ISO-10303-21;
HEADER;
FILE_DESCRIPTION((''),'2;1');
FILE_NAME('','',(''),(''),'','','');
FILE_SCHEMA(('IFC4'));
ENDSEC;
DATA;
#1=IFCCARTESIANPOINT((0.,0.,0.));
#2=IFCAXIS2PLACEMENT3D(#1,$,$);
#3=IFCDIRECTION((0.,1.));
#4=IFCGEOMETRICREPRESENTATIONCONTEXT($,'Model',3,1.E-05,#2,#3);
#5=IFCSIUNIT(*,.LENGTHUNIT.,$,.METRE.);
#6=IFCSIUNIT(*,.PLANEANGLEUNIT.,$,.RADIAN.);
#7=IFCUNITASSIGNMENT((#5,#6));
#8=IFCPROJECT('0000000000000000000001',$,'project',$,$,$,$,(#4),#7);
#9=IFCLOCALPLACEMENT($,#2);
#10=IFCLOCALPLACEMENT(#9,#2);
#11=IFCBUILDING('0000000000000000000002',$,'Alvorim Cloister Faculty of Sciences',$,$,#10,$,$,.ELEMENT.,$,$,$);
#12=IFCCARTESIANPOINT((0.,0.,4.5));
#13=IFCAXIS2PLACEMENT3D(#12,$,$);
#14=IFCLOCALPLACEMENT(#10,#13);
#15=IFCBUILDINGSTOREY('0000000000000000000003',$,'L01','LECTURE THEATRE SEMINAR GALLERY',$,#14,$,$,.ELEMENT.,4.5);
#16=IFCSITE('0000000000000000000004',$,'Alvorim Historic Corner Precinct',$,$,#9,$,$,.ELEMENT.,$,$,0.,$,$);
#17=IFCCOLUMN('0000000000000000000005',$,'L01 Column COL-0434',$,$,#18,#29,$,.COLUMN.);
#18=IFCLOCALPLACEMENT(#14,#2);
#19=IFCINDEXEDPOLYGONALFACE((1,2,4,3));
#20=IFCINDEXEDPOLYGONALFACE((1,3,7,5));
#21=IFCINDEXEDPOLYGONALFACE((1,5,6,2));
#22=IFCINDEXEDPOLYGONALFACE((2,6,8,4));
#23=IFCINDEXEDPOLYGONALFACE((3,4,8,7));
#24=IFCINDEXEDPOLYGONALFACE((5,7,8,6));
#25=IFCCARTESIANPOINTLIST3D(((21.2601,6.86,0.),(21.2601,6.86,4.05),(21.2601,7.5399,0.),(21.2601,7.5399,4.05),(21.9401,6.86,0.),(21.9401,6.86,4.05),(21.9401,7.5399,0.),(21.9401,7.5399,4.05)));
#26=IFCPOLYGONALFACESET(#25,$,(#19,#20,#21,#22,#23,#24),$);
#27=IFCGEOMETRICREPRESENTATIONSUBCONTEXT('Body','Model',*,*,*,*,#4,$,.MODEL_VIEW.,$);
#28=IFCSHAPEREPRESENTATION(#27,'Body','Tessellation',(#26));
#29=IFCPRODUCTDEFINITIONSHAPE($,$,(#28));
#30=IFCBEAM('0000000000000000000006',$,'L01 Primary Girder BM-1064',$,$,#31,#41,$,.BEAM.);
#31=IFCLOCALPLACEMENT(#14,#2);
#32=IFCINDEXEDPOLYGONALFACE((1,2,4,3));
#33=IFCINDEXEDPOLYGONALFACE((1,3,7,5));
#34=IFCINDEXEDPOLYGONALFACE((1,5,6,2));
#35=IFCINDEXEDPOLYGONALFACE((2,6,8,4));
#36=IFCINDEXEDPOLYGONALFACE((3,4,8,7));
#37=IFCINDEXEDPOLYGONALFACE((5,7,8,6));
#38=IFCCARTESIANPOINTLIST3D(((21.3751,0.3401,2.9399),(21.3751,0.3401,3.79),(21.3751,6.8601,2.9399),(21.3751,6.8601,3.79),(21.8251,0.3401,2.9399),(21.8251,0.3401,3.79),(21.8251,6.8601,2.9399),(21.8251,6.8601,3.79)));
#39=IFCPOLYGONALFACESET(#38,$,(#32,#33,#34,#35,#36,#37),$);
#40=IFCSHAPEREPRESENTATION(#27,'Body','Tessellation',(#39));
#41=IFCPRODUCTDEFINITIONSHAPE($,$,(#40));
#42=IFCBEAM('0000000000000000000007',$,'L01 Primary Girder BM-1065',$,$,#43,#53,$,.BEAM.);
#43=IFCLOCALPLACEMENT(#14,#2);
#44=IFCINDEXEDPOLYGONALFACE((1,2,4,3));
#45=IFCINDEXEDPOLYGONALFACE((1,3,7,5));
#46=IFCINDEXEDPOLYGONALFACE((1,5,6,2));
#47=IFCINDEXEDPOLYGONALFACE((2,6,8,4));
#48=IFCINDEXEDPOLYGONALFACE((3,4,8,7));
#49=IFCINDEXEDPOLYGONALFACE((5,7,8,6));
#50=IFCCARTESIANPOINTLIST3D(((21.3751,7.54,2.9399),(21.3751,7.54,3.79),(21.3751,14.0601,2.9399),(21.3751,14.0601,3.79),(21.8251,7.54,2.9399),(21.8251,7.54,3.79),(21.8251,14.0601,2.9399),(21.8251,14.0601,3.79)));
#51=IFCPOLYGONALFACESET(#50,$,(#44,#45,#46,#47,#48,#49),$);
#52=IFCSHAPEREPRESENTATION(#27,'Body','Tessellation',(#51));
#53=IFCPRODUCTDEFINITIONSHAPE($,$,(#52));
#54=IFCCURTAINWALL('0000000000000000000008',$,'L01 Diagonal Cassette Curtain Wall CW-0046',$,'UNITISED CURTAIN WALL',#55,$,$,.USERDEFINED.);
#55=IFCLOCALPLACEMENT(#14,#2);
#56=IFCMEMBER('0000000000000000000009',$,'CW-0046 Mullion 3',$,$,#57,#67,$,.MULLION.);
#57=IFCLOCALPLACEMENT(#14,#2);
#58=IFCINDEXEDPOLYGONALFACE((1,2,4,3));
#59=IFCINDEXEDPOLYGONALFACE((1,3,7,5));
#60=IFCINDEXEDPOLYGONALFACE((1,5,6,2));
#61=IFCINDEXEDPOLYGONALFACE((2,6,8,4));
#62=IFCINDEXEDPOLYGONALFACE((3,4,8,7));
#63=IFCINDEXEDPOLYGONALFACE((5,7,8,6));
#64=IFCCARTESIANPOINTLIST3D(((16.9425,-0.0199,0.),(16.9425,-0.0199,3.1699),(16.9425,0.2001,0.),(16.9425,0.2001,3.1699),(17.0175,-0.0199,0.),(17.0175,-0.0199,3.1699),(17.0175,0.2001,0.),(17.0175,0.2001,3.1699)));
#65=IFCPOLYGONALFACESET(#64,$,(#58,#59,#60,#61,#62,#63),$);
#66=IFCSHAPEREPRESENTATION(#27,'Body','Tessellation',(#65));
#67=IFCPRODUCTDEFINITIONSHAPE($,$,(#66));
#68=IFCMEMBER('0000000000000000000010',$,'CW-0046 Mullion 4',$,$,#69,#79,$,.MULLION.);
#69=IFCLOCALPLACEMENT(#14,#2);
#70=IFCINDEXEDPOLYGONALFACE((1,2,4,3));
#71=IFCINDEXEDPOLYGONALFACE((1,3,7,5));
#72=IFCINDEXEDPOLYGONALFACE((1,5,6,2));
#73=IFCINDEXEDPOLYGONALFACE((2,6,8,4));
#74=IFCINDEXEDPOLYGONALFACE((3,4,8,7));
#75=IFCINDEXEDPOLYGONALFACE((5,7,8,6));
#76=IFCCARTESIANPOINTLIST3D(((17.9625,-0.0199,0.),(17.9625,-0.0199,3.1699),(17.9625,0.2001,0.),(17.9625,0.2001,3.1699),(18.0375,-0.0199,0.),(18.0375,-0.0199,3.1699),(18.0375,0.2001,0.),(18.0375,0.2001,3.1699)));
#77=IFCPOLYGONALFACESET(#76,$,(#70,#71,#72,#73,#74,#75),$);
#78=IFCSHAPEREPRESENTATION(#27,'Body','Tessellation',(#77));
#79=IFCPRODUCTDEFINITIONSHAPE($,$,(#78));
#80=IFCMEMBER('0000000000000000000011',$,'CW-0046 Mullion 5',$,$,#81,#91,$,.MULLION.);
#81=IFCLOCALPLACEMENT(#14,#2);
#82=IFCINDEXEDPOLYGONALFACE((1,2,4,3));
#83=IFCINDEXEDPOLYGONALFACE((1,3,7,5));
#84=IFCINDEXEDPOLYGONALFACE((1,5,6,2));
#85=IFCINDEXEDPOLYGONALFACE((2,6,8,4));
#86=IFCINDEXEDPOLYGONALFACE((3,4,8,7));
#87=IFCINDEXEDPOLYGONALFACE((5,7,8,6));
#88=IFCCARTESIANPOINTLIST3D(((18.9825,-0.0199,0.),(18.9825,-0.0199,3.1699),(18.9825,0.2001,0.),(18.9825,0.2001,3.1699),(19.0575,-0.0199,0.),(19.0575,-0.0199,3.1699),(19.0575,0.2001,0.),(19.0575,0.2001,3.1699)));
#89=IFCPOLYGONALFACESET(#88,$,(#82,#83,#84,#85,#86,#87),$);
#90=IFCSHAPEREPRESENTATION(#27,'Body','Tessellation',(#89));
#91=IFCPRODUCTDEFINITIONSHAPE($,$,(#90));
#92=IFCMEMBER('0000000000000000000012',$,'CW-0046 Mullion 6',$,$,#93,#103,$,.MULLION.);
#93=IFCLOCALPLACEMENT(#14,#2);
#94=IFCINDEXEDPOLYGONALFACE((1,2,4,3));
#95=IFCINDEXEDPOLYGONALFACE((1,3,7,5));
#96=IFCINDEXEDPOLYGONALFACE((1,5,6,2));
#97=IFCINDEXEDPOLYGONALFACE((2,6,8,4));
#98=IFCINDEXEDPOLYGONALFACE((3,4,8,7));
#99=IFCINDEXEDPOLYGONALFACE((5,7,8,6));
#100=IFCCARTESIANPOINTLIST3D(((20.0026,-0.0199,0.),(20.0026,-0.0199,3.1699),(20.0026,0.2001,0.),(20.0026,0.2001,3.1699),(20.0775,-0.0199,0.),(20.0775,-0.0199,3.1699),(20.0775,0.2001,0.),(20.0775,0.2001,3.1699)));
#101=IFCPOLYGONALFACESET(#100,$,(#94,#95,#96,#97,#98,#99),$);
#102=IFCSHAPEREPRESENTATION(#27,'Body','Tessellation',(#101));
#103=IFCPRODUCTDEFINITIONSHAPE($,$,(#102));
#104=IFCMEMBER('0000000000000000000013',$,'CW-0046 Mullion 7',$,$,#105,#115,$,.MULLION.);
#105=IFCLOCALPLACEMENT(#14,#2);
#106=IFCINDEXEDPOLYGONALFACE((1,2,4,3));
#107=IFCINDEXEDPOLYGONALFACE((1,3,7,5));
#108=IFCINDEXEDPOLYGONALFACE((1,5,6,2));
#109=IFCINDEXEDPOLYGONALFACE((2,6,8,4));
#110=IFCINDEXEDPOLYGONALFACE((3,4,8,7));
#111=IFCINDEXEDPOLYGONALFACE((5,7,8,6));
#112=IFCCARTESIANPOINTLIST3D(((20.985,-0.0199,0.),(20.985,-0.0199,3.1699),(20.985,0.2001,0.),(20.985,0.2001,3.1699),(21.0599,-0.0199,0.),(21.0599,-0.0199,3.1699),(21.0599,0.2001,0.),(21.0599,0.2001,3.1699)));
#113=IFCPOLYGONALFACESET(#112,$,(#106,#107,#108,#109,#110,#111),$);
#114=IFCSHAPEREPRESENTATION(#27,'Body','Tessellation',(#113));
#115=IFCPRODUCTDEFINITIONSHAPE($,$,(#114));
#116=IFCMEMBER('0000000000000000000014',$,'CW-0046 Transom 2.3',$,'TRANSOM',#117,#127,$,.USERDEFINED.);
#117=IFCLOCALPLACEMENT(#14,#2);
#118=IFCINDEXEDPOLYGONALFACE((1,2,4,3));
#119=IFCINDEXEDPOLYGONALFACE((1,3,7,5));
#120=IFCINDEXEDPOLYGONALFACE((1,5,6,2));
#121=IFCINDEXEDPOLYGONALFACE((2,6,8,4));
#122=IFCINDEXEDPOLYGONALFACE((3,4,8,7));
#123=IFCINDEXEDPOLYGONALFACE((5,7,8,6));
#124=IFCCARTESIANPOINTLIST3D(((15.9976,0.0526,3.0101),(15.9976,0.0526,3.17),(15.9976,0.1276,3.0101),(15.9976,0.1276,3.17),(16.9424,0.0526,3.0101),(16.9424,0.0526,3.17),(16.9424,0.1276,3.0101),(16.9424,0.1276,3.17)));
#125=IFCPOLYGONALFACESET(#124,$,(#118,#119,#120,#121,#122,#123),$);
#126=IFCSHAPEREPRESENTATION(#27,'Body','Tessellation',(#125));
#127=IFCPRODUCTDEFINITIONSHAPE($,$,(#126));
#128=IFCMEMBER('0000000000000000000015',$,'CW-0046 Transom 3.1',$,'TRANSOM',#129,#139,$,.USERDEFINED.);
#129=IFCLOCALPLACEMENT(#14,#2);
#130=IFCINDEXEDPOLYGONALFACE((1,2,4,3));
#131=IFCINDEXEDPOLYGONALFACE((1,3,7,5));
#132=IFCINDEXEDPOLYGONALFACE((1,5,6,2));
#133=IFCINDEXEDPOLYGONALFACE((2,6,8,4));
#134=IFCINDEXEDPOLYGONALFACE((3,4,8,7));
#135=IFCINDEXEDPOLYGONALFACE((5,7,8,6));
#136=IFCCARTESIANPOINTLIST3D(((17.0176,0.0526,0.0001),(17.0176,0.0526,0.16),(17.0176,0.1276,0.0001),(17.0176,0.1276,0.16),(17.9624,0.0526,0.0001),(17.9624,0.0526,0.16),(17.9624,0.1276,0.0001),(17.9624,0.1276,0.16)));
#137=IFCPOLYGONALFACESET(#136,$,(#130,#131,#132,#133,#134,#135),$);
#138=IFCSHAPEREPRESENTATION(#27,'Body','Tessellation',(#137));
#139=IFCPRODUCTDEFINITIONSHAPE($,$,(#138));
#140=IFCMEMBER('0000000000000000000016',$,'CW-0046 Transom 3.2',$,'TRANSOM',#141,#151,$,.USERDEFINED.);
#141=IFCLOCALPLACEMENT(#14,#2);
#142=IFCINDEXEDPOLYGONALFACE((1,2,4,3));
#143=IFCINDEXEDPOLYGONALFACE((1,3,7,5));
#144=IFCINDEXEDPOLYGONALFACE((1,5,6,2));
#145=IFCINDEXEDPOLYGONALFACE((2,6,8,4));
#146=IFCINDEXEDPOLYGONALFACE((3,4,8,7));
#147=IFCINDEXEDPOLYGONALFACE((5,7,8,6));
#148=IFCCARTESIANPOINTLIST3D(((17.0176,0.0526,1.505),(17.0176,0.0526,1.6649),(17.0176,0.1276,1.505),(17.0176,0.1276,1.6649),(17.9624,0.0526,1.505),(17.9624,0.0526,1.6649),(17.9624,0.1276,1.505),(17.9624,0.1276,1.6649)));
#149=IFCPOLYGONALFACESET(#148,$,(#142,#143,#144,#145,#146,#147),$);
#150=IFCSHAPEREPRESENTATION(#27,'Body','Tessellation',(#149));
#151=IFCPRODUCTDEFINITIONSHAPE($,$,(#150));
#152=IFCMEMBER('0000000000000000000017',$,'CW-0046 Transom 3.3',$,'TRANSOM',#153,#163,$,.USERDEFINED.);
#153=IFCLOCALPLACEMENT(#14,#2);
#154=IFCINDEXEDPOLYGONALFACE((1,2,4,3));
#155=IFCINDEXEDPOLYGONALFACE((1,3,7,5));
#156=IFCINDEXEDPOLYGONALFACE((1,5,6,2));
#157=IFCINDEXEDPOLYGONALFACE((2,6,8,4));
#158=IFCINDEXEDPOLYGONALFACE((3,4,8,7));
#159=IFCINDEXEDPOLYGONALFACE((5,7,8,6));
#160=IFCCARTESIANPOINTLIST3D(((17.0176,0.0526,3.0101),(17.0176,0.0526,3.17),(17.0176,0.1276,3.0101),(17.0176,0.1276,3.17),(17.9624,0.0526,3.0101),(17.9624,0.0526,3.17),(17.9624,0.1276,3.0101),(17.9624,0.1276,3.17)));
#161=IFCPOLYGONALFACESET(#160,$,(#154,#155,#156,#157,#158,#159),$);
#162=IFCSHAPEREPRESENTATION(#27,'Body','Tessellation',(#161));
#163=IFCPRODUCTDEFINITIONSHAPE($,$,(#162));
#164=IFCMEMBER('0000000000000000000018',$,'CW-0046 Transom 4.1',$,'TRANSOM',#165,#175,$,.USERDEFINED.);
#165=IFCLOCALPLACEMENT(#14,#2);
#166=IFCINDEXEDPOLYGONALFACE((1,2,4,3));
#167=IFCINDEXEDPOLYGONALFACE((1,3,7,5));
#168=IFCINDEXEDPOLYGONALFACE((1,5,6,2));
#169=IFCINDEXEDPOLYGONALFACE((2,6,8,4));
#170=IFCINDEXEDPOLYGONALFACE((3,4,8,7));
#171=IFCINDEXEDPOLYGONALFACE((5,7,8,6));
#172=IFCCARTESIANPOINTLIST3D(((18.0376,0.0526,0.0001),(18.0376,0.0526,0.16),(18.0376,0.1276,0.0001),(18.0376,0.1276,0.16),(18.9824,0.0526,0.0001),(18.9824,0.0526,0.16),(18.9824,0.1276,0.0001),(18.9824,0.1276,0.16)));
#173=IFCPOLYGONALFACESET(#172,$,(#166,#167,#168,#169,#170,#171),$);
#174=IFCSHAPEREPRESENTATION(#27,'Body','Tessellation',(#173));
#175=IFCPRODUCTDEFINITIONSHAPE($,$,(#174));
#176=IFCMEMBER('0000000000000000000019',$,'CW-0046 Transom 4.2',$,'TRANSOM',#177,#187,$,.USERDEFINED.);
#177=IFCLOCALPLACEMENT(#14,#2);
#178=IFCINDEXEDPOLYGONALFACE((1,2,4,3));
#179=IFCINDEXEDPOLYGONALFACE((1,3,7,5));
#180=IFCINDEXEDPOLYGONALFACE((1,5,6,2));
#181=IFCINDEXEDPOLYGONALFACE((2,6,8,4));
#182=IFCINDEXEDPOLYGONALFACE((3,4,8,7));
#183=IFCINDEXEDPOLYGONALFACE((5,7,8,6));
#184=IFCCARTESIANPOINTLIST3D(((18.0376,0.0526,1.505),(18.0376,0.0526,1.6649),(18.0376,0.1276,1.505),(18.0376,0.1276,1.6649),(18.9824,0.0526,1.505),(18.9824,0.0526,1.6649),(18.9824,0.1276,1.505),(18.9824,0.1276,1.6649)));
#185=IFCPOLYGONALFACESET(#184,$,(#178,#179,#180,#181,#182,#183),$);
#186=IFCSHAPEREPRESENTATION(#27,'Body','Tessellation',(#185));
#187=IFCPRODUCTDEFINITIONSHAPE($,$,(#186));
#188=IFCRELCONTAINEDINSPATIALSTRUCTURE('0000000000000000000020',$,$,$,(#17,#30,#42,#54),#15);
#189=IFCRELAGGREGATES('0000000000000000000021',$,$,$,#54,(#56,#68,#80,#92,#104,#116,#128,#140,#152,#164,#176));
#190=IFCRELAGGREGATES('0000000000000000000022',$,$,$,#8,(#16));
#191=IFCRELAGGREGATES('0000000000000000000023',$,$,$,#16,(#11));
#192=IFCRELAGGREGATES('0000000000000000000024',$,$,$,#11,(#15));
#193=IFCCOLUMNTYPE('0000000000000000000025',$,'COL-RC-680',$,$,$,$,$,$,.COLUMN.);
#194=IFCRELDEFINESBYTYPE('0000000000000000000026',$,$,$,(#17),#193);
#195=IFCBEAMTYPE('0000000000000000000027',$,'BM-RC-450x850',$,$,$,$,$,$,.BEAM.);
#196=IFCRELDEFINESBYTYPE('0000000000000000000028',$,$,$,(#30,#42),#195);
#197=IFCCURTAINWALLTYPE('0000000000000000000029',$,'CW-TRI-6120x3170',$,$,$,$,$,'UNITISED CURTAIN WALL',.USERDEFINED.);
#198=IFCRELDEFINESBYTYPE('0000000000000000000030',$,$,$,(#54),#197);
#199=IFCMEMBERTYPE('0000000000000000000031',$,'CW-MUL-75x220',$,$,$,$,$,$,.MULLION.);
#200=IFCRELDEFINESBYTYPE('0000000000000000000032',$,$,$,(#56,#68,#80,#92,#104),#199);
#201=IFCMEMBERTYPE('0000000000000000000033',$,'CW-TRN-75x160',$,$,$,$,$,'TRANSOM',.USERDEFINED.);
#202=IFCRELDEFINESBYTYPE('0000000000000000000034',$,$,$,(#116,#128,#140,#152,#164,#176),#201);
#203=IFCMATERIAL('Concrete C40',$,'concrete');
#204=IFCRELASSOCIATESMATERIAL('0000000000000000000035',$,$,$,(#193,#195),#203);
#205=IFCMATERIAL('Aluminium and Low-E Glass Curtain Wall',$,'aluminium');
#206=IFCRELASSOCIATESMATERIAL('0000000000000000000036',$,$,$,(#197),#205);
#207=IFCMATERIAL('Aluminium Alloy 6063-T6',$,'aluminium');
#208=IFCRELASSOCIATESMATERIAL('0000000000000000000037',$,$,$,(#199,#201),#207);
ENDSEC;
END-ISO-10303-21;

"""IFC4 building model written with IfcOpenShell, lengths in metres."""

from ifc_helpers import new_model, si_unit, direction, frame, origin, origin_2d, place, context, subcontext, project, spatial, rectangle, extrude, material, material_profile, profile_set, type_object, element, aggregate, save


model = new_model("IFC4")

# Units and contexts
model_context = context("Model", 3, precision=1e-05, world=origin(), true_north=direction((0.0, 1.0)))
body_context = subcontext(model_context, "Body", "Model", "MODEL_VIEW")
ifc_project = project(units=[si_unit("LENGTHUNIT", "METRE"), si_unit("PLANEANGLEUNIT", "RADIAN")], contexts=[model_context])

# Site, building, storey
site_placement = place(None, origin())
site = spatial("IfcSite", under=ifc_project, at=site_placement, Name="Alvorim Historic Corner Precinct", CompositionType="ELEMENT", RefElevation=0.0)
building_placement = place(site_placement, origin())
building = spatial("IfcBuilding", under=site, at=building_placement, Name="Alvorim Cloister Faculty of Sciences", CompositionType="ELEMENT")
storey_placement = place(building_placement, frame((0.0, 0.0, 4.5)))
storey = spatial("IfcBuildingStorey", under=building, at=storey_placement, Name="L01", Description="LECTURE THEATRE SEMINAR GALLERY", CompositionType="ELEMENT", Elevation=4.5)

# Column
ifc_material_1 = material(Name="Concrete C40", Category="concrete")
ifc_material_profile_1 = material_profile(ifc_material_1, rectangle(XDim=0.6799, YDim=0.6799, at=origin_2d()), Name="RC40-COL-680x680")
ifc_profile_set_1 = profile_set([ifc_material_profile_1], Name="Concrete C40")
column_type = type_object("IfcColumnType", Name="COL-RC-680", PredefinedType="COLUMN", material=ifc_profile_set_1)
column_placement = place(storey_placement, frame((21.6001, 7.2, 0.0), z_axis=(0.0, 0.0, 1.0), x_axis=(1.0, 0.0, 0.0)))
element("IfcColumn", 1, at=column_placement, inside=storey, type_object=column_type, Name="L01 Column COL-0434", PredefinedType="COLUMN", context=body_context, shape_type="SweptSolid", body=[
    extrude(rectangle(XDim=0.6799, YDim=0.6799, at=origin_2d()), origin(), (0.0, 0.0, 1.0), 4.05),
])

# Beams
ifc_material_profile_2 = material_profile(ifc_material_1, rectangle(XDim=0.45, YDim=0.8501, at=origin_2d()), Name="RC40-BM-450x850")
ifc_profile_set_2 = profile_set([ifc_material_profile_2], Name="Concrete C40")
beam_type = type_object("IfcBeamType", Name="BM-RC-450x850", PredefinedType="BEAM", material=ifc_profile_set_2)
for number, where, z_axis, x_axis, name in (
    (2, (21.6001, 0.3401, 3.365), (0.0, 1.0, 0.0), (-1.0, 0.0, 0.0), "L01 Primary Girder BM-1064"),
    (3, (21.6001, 7.54, 3.365), (0.0, 1.0, 0.0), (-1.0, 0.0, 0.0), "L01 Primary Girder BM-1065"),
):
    element("IfcBeam", number, at=place(storey_placement, frame(where, z_axis=z_axis, x_axis=x_axis)), inside=storey, type_object=beam_type, Name=name, PredefinedType="BEAM", context=body_context, shape_type="SweptSolid", body=[
        extrude(rectangle(XDim=0.45, YDim=0.8501, at=origin_2d()), origin(), (0.0, 0.0, 1.0), 6.52),
    ])

# Curtain wall, members
ifc_material_2 = material(Name="Aluminium and Low-E Glass Curtain Wall", Category="aluminium")
curtain_wall_type = type_object("IfcCurtainWallType", Name="CW-TRI-6120x3170", ElementType="UNITISED CURTAIN WALL", PredefinedType="USERDEFINED", material=ifc_material_2)
curtain_wall_placement = place(storey_placement, origin())
curtain_wall = element("IfcCurtainWall", 4, at=curtain_wall_placement, inside=storey, type_object=curtain_wall_type, Name="L01 Diagonal Cassette Curtain Wall CW-0046", ObjectType="UNITISED CURTAIN WALL", PredefinedType="USERDEFINED")
ifc_material_3 = material(Name="Aluminium Alloy 6063-T6", Category="aluminium")
ifc_material_profile_3 = material_profile(ifc_material_3, rectangle(XDim=0.075, YDim=0.22, at=origin_2d()), Name="ALU-MUL-75x220")
ifc_profile_set_3 = profile_set([ifc_material_profile_3], Name="Aluminium Alloy 6063-T6")
member_type_1 = type_object("IfcMemberType", Name="CW-MUL-75x220", PredefinedType="MULLION", material=ifc_profile_set_3)
member_1_placement = place(storey_placement, frame((16.98, 0.0901, 0.0), z_axis=(0.0, 0.0, 1.0), x_axis=(1.0, 0.0, 0.0)))
member_1 = element("IfcMember", 5, at=member_1_placement, type_object=member_type_1, Name="CW-0046 Mullion 3", PredefinedType="MULLION", context=body_context, shape_type="SweptSolid", body=[
    extrude(rectangle(XDim=0.075, YDim=0.22, at=origin_2d()), origin(), (0.0, 0.0, 1.0), 3.1699),
])
member_2_placement = place(storey_placement, frame((18.0, 0.0901, 0.0), z_axis=(0.0, 0.0, 1.0), x_axis=(1.0, 0.0, 0.0)))
member_2 = element("IfcMember", 6, at=member_2_placement, type_object=member_type_1, Name="CW-0046 Mullion 4", PredefinedType="MULLION", context=body_context, shape_type="SweptSolid", body=[
    extrude(rectangle(XDim=0.075, YDim=0.22, at=origin_2d()), origin(), (0.0, 0.0, 1.0), 3.1699),
])
member_3_placement = place(storey_placement, frame((19.02, 0.0901, 0.0), z_axis=(0.0, 0.0, 1.0), x_axis=(1.0, 0.0, 0.0)))
member_3 = element("IfcMember", 7, at=member_3_placement, type_object=member_type_1, Name="CW-0046 Mullion 5", PredefinedType="MULLION", context=body_context, shape_type="SweptSolid", body=[
    extrude(rectangle(XDim=0.075, YDim=0.22, at=origin_2d()), origin(), (0.0, 0.0, 1.0), 3.1699),
])
member_4_placement = place(storey_placement, frame((20.04, 0.0901, 0.0), z_axis=(0.0, 0.0, 1.0), x_axis=(1.0, 0.0, 0.0)))
member_4 = element("IfcMember", 8, at=member_4_placement, type_object=member_type_1, Name="CW-0046 Mullion 6", PredefinedType="MULLION", context=body_context, shape_type="SweptSolid", body=[
    extrude(rectangle(XDim=0.075, YDim=0.22, at=origin_2d()), origin(), (0.0, 0.0, 1.0), 3.1699),
])
member_5_placement = place(storey_placement, frame((21.0225, 0.0901, 0.0), z_axis=(0.0, 0.0, 1.0), x_axis=(1.0, 0.0, 0.0)))
member_5 = element("IfcMember", 9, at=member_5_placement, type_object=member_type_1, Name="CW-0046 Mullion 7", PredefinedType="MULLION", context=body_context, shape_type="SweptSolid", body=[
    extrude(rectangle(XDim=0.075, YDim=0.22, at=origin_2d()), origin(), (0.0, 0.0, 1.0), 3.1699),
])
ifc_material_profile_4 = material_profile(ifc_material_3, rectangle(XDim=0.075, YDim=0.1599, at=origin_2d()), Name="ALU-TRN-75x160")
ifc_profile_set_4 = profile_set([ifc_material_profile_4], Name="Aluminium Alloy 6063-T6")
member_type_2 = type_object("IfcMemberType", Name="CW-TRN-75x160", ElementType="TRANSOM", PredefinedType="USERDEFINED", material=ifc_profile_set_4)
member_6_placement = place(storey_placement, frame((15.9976, 0.0901, 3.0901), z_axis=(1.0, 0.0, 0.0), x_axis=(0.0, 1.0, 0.0)))
member_6 = element("IfcMember", 10, at=member_6_placement, type_object=member_type_2, Name="CW-0046 Transom 2.3", ObjectType="TRANSOM", PredefinedType="USERDEFINED", context=body_context, shape_type="SweptSolid", body=[
    extrude(rectangle(XDim=0.075, YDim=0.1599, at=origin_2d()), origin(), (0.0, 0.0, 1.0), 0.9448),
])
member_7_placement = place(storey_placement, frame((17.0176, 0.0901, 0.0801), z_axis=(1.0, 0.0, 0.0), x_axis=(0.0, 1.0, 0.0)))
member_7 = element("IfcMember", 11, at=member_7_placement, type_object=member_type_2, Name="CW-0046 Transom 3.1", ObjectType="TRANSOM", PredefinedType="USERDEFINED", context=body_context, shape_type="SweptSolid", body=[
    extrude(rectangle(XDim=0.075, YDim=0.1599, at=origin_2d()), origin(), (0.0, 0.0, 1.0), 0.9448),
])
member_8_placement = place(storey_placement, frame((17.0176, 0.0901, 1.585), z_axis=(1.0, 0.0, 0.0), x_axis=(0.0, 1.0, 0.0)))
member_8 = element("IfcMember", 12, at=member_8_placement, type_object=member_type_2, Name="CW-0046 Transom 3.2", ObjectType="TRANSOM", PredefinedType="USERDEFINED", context=body_context, shape_type="SweptSolid", body=[
    extrude(rectangle(XDim=0.075, YDim=0.1599, at=origin_2d()), origin(), (0.0, 0.0, 1.0), 0.9448),
])
member_9_placement = place(storey_placement, frame((17.0176, 0.0901, 3.0901), z_axis=(1.0, 0.0, 0.0), x_axis=(0.0, 1.0, 0.0)))
member_9 = element("IfcMember", 13, at=member_9_placement, type_object=member_type_2, Name="CW-0046 Transom 3.3", ObjectType="TRANSOM", PredefinedType="USERDEFINED", context=body_context, shape_type="SweptSolid", body=[
    extrude(rectangle(XDim=0.075, YDim=0.1599, at=origin_2d()), origin(), (0.0, 0.0, 1.0), 0.9448),
])
member_10_placement = place(storey_placement, frame((18.0376, 0.0901, 0.0801), z_axis=(1.0, 0.0, 0.0), x_axis=(0.0, 1.0, 0.0)))
member_10 = element("IfcMember", 14, at=member_10_placement, type_object=member_type_2, Name="CW-0046 Transom 4.1", ObjectType="TRANSOM", PredefinedType="USERDEFINED", context=body_context, shape_type="SweptSolid", body=[
    extrude(rectangle(XDim=0.075, YDim=0.1599, at=origin_2d()), origin(), (0.0, 0.0, 1.0), 0.9448),
])
member_11_placement = place(storey_placement, frame((18.0376, 0.0901, 1.585), z_axis=(1.0, 0.0, 0.0), x_axis=(0.0, 1.0, 0.0)))
member_11 = element("IfcMember", 15, at=member_11_placement, type_object=member_type_2, Name="CW-0046 Transom 4.2", ObjectType="TRANSOM", PredefinedType="USERDEFINED", context=body_context, shape_type="SweptSolid", body=[
    extrude(rectangle(XDim=0.075, YDim=0.1599, at=origin_2d()), origin(), (0.0, 0.0, 1.0), 0.9448),
])
aggregate(curtain_wall, [member_1, member_2, member_3, member_4, member_5, member_6, member_7, member_8, member_9, member_10, member_11])

save(model, "model.ifc")
